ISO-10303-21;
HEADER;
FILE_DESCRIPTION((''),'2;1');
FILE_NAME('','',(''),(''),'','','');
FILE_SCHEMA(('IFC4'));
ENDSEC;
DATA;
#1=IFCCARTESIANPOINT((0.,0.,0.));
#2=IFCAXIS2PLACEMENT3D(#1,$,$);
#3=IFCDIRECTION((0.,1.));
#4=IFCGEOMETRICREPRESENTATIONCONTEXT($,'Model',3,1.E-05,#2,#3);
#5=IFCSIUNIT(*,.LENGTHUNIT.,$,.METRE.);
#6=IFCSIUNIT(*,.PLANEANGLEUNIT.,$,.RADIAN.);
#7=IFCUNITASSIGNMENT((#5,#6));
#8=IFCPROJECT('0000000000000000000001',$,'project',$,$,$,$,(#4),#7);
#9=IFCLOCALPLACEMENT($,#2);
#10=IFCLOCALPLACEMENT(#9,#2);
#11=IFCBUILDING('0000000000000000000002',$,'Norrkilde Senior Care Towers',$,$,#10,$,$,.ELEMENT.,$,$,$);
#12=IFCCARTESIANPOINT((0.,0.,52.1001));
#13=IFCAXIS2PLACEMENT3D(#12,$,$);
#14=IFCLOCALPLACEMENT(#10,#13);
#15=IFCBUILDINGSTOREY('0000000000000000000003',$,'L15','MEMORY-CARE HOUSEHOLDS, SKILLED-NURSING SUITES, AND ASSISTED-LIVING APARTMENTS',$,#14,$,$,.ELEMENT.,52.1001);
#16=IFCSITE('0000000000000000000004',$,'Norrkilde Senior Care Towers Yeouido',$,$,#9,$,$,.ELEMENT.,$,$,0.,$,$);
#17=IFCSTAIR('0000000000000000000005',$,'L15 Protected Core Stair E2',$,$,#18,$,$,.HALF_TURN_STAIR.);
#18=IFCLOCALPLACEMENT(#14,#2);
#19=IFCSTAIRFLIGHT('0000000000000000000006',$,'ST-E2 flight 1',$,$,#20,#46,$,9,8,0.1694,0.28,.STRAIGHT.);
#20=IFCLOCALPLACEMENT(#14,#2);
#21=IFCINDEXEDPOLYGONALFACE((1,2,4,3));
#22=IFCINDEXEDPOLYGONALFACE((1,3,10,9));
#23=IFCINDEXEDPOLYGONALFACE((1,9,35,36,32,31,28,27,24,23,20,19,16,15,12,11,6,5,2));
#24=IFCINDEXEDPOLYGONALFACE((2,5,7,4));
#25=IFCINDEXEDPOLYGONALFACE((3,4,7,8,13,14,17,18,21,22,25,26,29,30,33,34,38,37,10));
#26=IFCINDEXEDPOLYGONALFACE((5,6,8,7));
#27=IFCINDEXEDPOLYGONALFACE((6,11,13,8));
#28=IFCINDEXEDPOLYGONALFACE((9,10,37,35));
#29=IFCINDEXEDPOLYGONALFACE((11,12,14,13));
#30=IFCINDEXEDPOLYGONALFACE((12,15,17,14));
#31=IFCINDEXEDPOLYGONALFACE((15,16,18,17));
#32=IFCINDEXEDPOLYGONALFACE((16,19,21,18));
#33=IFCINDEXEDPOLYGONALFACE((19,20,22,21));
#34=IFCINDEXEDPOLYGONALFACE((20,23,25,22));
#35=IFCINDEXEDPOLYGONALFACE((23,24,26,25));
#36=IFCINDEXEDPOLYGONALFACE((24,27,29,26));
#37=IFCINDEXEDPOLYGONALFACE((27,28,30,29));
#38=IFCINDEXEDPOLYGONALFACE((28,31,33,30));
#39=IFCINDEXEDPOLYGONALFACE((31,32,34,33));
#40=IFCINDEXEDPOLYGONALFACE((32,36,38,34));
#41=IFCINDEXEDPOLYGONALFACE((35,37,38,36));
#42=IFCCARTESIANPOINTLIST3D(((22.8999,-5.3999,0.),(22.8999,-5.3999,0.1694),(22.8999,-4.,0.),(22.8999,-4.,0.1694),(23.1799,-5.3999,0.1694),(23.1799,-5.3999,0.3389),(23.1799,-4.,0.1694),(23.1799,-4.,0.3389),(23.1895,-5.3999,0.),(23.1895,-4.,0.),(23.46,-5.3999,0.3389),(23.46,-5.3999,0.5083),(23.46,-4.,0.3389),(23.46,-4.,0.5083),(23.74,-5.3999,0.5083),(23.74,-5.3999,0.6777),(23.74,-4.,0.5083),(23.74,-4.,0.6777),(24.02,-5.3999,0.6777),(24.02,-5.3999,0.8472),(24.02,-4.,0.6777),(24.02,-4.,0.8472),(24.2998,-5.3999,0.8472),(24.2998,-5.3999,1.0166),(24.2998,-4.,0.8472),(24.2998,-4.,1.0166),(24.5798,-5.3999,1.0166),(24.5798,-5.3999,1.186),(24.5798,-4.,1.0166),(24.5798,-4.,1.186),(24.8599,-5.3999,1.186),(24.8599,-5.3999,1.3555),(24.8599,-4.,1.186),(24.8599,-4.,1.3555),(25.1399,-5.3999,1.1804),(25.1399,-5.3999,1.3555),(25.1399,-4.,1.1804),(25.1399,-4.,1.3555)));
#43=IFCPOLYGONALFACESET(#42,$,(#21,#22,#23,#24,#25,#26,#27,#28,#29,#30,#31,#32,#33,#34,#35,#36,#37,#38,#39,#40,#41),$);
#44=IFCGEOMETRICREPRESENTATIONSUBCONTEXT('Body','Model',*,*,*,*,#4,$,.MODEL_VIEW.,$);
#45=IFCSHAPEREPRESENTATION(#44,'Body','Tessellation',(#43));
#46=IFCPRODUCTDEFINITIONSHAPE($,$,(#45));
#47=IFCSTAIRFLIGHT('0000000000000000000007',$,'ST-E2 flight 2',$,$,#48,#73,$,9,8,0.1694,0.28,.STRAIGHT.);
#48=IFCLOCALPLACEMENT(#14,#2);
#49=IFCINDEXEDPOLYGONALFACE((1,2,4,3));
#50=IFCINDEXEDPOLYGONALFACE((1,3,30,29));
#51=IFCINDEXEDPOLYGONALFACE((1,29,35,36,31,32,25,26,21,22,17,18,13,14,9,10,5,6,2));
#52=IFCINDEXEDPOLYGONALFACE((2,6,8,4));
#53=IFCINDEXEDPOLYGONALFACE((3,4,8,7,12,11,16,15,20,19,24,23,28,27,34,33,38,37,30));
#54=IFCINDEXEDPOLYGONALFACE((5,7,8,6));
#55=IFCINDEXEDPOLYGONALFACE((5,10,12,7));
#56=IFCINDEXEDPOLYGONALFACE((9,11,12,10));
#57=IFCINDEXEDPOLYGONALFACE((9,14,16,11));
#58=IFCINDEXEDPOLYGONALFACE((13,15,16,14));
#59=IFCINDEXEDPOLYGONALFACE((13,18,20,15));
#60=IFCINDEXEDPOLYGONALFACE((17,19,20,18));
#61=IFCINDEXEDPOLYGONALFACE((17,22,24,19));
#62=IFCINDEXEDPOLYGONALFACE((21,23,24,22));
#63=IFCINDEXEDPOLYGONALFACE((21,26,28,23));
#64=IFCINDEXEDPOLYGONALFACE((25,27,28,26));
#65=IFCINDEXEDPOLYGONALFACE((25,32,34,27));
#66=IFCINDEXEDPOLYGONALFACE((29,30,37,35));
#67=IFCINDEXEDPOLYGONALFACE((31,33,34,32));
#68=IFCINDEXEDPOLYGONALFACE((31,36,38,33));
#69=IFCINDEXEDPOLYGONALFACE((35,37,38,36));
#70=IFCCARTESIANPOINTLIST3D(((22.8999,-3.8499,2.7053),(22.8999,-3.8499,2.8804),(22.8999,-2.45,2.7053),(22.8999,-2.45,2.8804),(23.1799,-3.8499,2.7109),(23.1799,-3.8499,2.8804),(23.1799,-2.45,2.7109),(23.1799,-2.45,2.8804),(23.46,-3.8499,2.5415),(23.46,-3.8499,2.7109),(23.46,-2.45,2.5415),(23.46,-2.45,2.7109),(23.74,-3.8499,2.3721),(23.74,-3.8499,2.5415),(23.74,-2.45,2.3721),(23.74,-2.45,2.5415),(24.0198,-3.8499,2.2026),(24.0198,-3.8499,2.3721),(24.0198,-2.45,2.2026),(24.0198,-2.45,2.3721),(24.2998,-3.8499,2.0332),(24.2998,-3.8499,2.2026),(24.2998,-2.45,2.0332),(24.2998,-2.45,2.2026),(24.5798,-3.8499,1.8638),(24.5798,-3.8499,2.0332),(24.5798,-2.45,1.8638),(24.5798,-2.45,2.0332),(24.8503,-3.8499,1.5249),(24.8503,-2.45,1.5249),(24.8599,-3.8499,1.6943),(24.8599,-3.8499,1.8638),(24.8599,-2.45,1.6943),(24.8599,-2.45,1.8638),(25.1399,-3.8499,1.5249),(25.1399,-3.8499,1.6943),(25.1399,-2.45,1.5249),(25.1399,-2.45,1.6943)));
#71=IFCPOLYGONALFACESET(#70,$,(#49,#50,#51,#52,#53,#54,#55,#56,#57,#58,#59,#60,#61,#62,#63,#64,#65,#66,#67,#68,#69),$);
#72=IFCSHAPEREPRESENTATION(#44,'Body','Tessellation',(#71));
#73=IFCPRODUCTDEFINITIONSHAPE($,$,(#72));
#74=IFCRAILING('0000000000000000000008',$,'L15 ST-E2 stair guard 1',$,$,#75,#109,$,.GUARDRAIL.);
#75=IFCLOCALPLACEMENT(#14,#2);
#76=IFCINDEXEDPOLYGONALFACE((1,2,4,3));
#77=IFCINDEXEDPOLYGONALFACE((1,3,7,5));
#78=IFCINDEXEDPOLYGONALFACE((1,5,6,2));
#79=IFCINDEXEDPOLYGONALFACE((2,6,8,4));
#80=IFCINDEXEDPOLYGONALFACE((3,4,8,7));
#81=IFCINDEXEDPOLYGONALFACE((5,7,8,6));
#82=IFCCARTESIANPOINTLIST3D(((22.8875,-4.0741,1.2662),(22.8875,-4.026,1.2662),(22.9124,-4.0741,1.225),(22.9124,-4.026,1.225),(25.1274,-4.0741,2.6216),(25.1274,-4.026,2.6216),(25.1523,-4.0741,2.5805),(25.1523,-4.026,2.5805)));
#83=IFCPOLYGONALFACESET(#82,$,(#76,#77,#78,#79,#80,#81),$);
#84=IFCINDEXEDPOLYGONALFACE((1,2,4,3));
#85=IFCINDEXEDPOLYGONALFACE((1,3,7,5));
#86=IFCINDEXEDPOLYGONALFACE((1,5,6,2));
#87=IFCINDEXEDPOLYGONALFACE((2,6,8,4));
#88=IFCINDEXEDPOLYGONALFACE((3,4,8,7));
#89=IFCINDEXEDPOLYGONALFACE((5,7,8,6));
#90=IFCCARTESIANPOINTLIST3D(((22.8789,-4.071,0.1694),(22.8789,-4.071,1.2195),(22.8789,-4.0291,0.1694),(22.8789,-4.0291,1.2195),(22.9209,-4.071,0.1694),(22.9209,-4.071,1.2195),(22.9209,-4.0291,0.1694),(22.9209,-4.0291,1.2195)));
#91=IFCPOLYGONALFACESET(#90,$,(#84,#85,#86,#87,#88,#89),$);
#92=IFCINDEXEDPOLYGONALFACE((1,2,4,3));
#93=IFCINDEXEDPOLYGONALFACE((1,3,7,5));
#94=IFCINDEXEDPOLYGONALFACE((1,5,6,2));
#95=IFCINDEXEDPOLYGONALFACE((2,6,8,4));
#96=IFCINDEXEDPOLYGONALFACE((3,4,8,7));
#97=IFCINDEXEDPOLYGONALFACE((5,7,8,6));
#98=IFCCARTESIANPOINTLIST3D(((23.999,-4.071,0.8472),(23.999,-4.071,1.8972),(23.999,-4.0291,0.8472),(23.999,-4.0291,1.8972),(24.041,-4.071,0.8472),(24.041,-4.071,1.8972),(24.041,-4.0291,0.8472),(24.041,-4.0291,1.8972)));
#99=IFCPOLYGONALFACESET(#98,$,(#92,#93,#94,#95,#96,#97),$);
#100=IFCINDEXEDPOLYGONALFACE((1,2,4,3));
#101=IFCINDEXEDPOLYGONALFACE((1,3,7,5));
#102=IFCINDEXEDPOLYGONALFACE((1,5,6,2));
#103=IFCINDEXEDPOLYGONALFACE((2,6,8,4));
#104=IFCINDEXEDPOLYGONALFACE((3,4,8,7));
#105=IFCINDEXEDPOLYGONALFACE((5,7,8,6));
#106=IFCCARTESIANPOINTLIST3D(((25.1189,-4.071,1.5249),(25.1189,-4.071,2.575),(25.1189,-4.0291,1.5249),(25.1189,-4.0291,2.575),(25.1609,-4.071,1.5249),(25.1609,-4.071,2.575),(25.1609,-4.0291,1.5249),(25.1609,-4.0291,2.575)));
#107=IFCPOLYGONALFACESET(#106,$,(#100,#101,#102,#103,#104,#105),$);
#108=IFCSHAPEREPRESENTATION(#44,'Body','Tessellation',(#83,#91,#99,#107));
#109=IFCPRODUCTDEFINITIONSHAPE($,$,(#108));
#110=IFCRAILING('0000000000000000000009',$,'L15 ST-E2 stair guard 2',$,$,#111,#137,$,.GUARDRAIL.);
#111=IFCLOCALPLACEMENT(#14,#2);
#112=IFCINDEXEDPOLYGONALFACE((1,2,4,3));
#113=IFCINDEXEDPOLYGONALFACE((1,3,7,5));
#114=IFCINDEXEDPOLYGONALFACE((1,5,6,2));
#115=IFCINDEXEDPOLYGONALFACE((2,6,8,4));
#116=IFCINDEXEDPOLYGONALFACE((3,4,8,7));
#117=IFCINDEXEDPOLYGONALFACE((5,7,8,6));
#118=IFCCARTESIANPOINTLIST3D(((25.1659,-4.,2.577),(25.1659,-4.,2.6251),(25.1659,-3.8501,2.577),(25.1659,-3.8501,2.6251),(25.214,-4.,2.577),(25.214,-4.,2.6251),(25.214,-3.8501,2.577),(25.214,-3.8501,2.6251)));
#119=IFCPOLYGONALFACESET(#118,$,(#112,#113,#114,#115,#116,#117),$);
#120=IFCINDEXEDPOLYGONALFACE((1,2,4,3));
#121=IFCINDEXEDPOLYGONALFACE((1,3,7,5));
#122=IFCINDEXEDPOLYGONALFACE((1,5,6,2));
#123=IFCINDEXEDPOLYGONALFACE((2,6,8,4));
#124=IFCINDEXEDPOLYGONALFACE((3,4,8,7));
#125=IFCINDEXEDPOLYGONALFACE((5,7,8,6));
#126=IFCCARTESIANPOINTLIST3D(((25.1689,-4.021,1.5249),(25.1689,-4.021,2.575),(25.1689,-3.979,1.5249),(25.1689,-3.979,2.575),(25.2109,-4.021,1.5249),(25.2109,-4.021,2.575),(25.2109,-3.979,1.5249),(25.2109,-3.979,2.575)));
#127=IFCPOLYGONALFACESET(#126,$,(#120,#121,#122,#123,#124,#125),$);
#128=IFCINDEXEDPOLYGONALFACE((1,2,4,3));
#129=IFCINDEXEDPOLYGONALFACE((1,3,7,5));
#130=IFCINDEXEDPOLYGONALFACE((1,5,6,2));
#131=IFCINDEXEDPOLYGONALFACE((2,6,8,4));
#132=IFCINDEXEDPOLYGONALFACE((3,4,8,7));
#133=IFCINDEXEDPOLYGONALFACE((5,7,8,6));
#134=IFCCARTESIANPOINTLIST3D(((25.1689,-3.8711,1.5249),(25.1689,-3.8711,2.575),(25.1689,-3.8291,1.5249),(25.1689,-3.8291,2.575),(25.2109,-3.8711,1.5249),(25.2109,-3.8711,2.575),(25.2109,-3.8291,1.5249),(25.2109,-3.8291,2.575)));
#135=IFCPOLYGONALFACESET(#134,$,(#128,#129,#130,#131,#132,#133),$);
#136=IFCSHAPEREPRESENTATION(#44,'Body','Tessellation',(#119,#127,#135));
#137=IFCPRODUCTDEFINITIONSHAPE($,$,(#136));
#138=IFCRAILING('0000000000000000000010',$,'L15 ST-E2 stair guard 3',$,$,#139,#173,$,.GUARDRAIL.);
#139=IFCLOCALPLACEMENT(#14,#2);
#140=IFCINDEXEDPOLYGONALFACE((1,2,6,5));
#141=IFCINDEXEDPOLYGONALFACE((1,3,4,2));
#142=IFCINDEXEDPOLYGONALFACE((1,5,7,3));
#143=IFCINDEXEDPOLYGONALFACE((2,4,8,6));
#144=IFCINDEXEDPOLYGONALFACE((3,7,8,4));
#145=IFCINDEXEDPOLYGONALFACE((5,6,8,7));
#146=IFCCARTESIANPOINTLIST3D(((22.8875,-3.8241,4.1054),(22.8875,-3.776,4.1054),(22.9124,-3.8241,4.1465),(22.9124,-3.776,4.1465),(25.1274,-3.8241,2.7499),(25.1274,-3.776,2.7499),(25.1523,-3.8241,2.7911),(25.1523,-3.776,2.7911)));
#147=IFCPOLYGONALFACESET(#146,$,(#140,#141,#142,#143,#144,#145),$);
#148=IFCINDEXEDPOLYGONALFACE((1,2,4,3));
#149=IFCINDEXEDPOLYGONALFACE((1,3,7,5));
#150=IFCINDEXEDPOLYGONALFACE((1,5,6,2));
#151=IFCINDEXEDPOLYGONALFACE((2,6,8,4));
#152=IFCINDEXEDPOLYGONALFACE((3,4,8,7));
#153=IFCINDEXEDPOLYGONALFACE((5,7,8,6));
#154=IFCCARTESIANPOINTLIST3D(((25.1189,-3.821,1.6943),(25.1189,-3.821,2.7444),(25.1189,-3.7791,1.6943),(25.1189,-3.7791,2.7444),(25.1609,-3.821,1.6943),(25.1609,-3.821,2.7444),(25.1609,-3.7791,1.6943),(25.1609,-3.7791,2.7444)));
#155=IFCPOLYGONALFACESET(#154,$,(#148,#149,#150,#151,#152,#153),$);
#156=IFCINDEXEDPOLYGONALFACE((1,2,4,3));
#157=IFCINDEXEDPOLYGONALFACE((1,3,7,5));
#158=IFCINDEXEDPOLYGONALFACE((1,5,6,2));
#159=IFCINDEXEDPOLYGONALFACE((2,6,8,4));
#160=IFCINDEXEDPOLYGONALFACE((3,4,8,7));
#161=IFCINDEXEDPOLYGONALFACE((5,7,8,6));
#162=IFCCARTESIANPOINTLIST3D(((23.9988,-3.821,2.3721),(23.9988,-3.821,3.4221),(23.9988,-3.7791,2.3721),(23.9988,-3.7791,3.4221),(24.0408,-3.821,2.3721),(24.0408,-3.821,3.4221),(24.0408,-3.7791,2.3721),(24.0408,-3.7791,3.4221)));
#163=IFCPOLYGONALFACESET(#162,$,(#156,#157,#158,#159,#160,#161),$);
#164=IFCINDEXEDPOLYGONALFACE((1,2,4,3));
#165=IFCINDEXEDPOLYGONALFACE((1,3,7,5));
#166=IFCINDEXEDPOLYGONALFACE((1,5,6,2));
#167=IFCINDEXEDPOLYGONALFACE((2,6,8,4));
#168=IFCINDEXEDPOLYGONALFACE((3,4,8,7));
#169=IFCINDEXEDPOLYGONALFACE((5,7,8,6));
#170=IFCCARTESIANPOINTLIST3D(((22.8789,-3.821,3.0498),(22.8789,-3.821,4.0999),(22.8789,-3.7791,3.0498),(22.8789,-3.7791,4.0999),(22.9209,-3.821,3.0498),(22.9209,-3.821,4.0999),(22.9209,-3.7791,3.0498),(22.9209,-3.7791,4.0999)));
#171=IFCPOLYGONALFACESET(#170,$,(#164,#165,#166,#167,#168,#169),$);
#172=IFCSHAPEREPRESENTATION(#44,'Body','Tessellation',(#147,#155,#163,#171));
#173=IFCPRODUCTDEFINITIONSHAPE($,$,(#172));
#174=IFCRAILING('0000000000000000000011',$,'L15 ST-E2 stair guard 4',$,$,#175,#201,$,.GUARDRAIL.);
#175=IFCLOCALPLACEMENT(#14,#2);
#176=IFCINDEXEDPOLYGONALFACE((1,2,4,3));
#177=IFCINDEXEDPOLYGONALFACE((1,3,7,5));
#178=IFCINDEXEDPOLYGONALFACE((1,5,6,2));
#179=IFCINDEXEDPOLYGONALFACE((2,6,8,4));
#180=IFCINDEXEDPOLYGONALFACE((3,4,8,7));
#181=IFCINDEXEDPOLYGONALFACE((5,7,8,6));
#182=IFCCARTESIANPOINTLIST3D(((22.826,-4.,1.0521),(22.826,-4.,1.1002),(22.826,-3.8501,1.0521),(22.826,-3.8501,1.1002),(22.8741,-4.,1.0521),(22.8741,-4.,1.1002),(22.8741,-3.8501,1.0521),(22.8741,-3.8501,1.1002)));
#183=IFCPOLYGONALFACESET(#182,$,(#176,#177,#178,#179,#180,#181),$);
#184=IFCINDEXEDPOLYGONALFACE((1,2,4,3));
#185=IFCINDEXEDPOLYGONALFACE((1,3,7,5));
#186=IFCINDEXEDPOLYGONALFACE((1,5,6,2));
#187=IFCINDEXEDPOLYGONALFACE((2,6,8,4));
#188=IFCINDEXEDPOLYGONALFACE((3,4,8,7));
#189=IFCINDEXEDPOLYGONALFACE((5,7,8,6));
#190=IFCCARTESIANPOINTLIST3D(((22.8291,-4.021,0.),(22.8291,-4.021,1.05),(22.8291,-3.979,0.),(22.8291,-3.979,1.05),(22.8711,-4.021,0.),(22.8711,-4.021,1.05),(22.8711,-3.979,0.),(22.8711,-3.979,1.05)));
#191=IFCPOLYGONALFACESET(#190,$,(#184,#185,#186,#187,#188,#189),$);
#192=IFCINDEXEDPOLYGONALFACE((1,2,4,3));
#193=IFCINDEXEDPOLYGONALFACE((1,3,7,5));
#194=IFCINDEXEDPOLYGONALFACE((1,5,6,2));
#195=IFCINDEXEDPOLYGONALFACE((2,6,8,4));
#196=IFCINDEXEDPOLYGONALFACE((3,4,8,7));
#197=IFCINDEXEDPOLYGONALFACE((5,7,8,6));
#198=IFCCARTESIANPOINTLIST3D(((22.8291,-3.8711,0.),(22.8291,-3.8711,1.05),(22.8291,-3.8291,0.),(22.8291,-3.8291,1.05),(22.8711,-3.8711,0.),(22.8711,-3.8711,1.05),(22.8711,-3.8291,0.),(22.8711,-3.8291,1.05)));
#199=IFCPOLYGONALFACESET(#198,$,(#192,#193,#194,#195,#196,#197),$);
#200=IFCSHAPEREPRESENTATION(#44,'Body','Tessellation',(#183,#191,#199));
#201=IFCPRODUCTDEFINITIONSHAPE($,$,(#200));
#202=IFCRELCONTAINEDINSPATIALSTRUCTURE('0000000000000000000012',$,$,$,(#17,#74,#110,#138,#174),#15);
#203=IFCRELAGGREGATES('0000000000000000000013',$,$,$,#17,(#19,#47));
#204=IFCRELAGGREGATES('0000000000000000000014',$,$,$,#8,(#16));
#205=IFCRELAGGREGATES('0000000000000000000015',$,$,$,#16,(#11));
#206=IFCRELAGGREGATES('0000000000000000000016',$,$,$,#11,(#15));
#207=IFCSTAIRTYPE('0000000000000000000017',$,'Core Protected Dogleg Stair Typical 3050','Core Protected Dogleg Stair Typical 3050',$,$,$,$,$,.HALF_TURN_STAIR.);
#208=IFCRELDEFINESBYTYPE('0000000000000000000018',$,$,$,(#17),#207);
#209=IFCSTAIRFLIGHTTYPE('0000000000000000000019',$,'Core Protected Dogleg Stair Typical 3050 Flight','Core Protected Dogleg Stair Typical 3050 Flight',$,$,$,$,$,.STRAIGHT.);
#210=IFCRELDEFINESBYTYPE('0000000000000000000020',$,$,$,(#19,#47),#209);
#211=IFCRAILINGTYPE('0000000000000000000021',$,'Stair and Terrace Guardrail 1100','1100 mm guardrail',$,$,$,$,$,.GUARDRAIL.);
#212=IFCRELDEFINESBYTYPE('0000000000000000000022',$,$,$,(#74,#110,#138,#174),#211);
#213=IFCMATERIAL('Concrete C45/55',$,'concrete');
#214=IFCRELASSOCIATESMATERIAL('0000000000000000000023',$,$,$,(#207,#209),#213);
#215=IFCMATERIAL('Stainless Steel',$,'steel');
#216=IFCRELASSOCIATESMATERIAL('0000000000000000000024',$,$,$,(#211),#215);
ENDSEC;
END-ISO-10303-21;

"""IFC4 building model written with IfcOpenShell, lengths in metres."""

from ifc_helpers import new_model, si_unit, direction, frame, origin, origin_2d, place, context, subcontext, project, spatial, polyline, rectangle, outline, extrude, material, type_object, element, aggregate, save


model = new_model("IFC4")

# Units and contexts
model_context = context("Model", 3, precision=1e-05, world=origin(), true_north=direction((0.0, 1.0)))
body_context = subcontext(model_context, "Body", "Model", "MODEL_VIEW")
ifc_project = project(units=[si_unit("LENGTHUNIT", "METRE"), si_unit("PLANEANGLEUNIT", "RADIAN")], contexts=[model_context])

# Site, building, storey
site_placement = place(None, origin())
site = spatial("IfcSite", under=ifc_project, at=site_placement, Name="Norrkilde Senior Care Towers Yeouido", CompositionType="ELEMENT", RefElevation=0.0)
building_placement = place(site_placement, origin())
building = spatial("IfcBuilding", under=site, at=building_placement, Name="Norrkilde Senior Care Towers", CompositionType="ELEMENT")
storey_placement = place(building_placement, frame((0.0, 0.0, 52.1001)))
storey = spatial("IfcBuildingStorey", under=building, at=storey_placement, Name="L15", Description="MEMORY-CARE HOUSEHOLDS, SKILLED-NURSING SUITES, AND ASSISTED-LIVING APARTMENTS", CompositionType="ELEMENT", Elevation=52.1001)

# Shared definitions
ifc_material_1 = material(Name="Concrete C45/55", Category="concrete")

# Stair, stair flights
stair_type = type_object("IfcStairType", Name="Core Protected Dogleg Stair Typical 3050", Description="Core Protected Dogleg Stair Typical 3050", PredefinedType="HALF_TURN_STAIR", material=ifc_material_1)
stair_placement = place(storey_placement, origin())
stair = element("IfcStair", 1, at=stair_placement, inside=storey, type_object=stair_type, Name="L15 Protected Core Stair E2", PredefinedType="HALF_TURN_STAIR")
stair_flight_type = type_object("IfcStairFlightType", Name="Core Protected Dogleg Stair Typical 3050 Flight", Description="Core Protected Dogleg Stair Typical 3050 Flight", PredefinedType="STRAIGHT", material=ifc_material_1)
stair_flight_1_placement = place(storey_placement, frame((22.8999, -4.7, 0.0), z_axis=(0.0, 0.0, 1.0), x_axis=(1.0, 0.0, 0.0)))
stair_flight_1 = element("IfcStairFlight", 2, at=stair_flight_1_placement, type_object=stair_flight_type, Name="ST-E2 flight 1", NumberOfRisers=9, NumberOfTreads=8, PredefinedType="STRAIGHT", RiserHeight=0.1694, TreadLength=0.28, context=body_context, shape_type="SweptSolid", body=[
    extrude(outline(polyline([(0.0, 0.0), (0.0, 0.1694), (0.28, 0.1694), (0.28, 0.3389), (0.5601, 0.3389), (0.5601, 0.5083), (0.8401, 0.5083), (0.8401, 0.6777), (1.1201, 0.6777), (1.1201, 0.8472), (1.3999, 0.8472), (1.3999, 1.0166), (1.6799, 1.0166), (1.6799, 1.186), (1.96, 1.186), (1.96, 1.3555), (2.24, 1.3555), (2.24, 1.5249), (2.24, 1.1804), (0.2896, 0.0), (0.0, 0.0)])), frame((0.0, 0.7, 0.0), z_axis=(0.0, -1.0, 0.0), x_axis=(1.0, 0.0, 0.0)), (0.0, 0.0, 1.0), 1.3999),
])
stair_flight_2_placement = place(storey_placement, frame((25.1399, -3.1499, 1.5249), z_axis=(0.0, 0.0, 1.0), x_axis=(-1.0, 0.0, 0.0)))
stair_flight_2 = element("IfcStairFlight", 3, at=stair_flight_2_placement, type_object=stair_flight_type, Name="ST-E2 flight 2", NumberOfRisers=9, NumberOfTreads=8, PredefinedType="STRAIGHT", RiserHeight=0.1694, TreadLength=0.28, context=body_context, shape_type="SweptSolid", body=[
    extrude(outline(polyline([(0.0, 0.0), (0.0, 0.1694), (0.28, 0.1694), (0.28, 0.3389), (0.5601, 0.3389), (0.5601, 0.5083), (0.8401, 0.5083), (0.8401, 0.6777), (1.1201, 0.6777), (1.1201, 0.8472), (1.3999, 0.8472), (1.3999, 1.0166), (1.6799, 1.0166), (1.6799, 1.186), (1.96, 1.186), (1.96, 1.3555), (2.24, 1.3555), (2.24, 1.5249), (2.24, 1.1804), (0.2896, 0.0), (0.0, 0.0)])), frame((0.0, 0.7, 0.0), z_axis=(0.0, -1.0, 0.0), x_axis=(1.0, 0.0, 0.0)), (0.0, 0.0, 1.0), 1.3999),
])
aggregate(stair, [stair_flight_1, stair_flight_2])

# Railings
ifc_material_2 = material(Name="Stainless Steel", Category="steel")
railing_type_1 = type_object("IfcRailingType", Name="Stair and Terrace Guardrail 1100", Description="1100 mm guardrail", PredefinedType="GUARDRAIL", material=ifc_material_2)
railing_1_placement = place(storey_placement, frame((22.8999, -4.05, 0.1694)))
element("IfcRailing", 4, at=railing_1_placement, inside=storey, type_object=railing_type_1, Name="L15 ST-E2 stair guard 1", PredefinedType="GUARDRAIL", context=body_context, shape_type="SweptSolid", body=[
    extrude(rectangle(XDim=0.0481, YDim=0.0481, at=origin_2d()), frame((0.0, 0.0, 1.0762), z_axis=(0.855553, 0.0, 0.517715), x_axis=(0.0, 1.0, 0.0)), (0.0, 0.0, 1.0), 2.6182),
    extrude(rectangle(XDim=0.042, YDim=0.042, at=origin_2d()), origin(), (0.0, 0.0, 1.0), 1.05),
    extrude(rectangle(XDim=0.042, YDim=0.042, at=origin_2d()), frame((1.1201, 0.0, 0.6777)), (0.0, 0.0, 1.0), 1.05),
    extrude(rectangle(XDim=0.042, YDim=0.042, at=origin_2d()), frame((2.24, 0.0, 1.3555)), (0.0, 0.0, 1.0), 1.05),
])
railing_2_placement = place(storey_placement, frame((25.1899, -4.0, 1.5249)))
element("IfcRailing", 5, at=railing_2_placement, inside=storey, type_object=railing_type_1, Name="L15 ST-E2 stair guard 2", PredefinedType="GUARDRAIL", context=body_context, shape_type="SweptSolid", body=[
    extrude(rectangle(XDim=0.0481, YDim=0.0481, at=origin_2d()), frame((0.0, 0.0, 1.0762), z_axis=(0.0, 1.0, 0.0), x_axis=(-1.0, 0.0, 0.0)), (0.0, 0.0, 1.0), 0.1499),
    extrude(rectangle(XDim=0.042, YDim=0.042, at=origin_2d()), origin(), (0.0, 0.0, 1.0), 1.05),
    extrude(rectangle(XDim=0.042, YDim=0.042, at=origin_2d()), frame((0.0, 0.1499, 0.0)), (0.0, 0.0, 1.0), 1.05),
])
railing_3_placement = place(storey_placement, frame((25.1399, -3.8, 1.6943)))
element("IfcRailing", 6, at=railing_3_placement, inside=storey, type_object=railing_type_1, Name="L15 ST-E2 stair guard 3", PredefinedType="GUARDRAIL", context=body_context, shape_type="SweptSolid", body=[
    extrude(rectangle(XDim=0.0481, YDim=0.0481, at=origin_2d()), frame((0.0, 0.0, 1.0762), z_axis=(-0.855553, 0.0, 0.517715), x_axis=(0.0, -1.0, 0.0)), (0.0, 0.0, 1.0), 2.6182),
    extrude(rectangle(XDim=0.042, YDim=0.042, at=origin_2d()), origin(), (0.0, 0.0, 1.0), 1.05),
    extrude(rectangle(XDim=0.042, YDim=0.042, at=origin_2d()), frame((-1.1201, 0.0, 0.6777)), (0.0, 0.0, 1.0), 1.05),
    extrude(rectangle(XDim=0.042, YDim=0.042, at=origin_2d()), frame((-2.24, 0.0, 1.3555)), (0.0, 0.0, 1.0), 1.05),
])
railing_4_placement = place(storey_placement, frame((22.8501, -4.0, 0.0)))
element("IfcRailing", 7, at=railing_4_placement, inside=storey, type_object=railing_type_1, Name="L15 ST-E2 stair guard 4", PredefinedType="GUARDRAIL", context=body_context, shape_type="SweptSolid", body=[
    extrude(rectangle(XDim=0.0481, YDim=0.0481, at=origin_2d()), frame((0.0, 0.0, 1.0762), z_axis=(0.0, 1.0, 0.0), x_axis=(-1.0, 0.0, 0.0)), (0.0, 0.0, 1.0), 0.1499),
    extrude(rectangle(XDim=0.042, YDim=0.042, at=origin_2d()), origin(), (0.0, 0.0, 1.0), 1.05),
    extrude(rectangle(XDim=0.042, YDim=0.042, at=origin_2d()), frame((0.0, 0.1499, 0.0)), (0.0, 0.0, 1.0), 1.05),
])

save(model, "model.ifc")
